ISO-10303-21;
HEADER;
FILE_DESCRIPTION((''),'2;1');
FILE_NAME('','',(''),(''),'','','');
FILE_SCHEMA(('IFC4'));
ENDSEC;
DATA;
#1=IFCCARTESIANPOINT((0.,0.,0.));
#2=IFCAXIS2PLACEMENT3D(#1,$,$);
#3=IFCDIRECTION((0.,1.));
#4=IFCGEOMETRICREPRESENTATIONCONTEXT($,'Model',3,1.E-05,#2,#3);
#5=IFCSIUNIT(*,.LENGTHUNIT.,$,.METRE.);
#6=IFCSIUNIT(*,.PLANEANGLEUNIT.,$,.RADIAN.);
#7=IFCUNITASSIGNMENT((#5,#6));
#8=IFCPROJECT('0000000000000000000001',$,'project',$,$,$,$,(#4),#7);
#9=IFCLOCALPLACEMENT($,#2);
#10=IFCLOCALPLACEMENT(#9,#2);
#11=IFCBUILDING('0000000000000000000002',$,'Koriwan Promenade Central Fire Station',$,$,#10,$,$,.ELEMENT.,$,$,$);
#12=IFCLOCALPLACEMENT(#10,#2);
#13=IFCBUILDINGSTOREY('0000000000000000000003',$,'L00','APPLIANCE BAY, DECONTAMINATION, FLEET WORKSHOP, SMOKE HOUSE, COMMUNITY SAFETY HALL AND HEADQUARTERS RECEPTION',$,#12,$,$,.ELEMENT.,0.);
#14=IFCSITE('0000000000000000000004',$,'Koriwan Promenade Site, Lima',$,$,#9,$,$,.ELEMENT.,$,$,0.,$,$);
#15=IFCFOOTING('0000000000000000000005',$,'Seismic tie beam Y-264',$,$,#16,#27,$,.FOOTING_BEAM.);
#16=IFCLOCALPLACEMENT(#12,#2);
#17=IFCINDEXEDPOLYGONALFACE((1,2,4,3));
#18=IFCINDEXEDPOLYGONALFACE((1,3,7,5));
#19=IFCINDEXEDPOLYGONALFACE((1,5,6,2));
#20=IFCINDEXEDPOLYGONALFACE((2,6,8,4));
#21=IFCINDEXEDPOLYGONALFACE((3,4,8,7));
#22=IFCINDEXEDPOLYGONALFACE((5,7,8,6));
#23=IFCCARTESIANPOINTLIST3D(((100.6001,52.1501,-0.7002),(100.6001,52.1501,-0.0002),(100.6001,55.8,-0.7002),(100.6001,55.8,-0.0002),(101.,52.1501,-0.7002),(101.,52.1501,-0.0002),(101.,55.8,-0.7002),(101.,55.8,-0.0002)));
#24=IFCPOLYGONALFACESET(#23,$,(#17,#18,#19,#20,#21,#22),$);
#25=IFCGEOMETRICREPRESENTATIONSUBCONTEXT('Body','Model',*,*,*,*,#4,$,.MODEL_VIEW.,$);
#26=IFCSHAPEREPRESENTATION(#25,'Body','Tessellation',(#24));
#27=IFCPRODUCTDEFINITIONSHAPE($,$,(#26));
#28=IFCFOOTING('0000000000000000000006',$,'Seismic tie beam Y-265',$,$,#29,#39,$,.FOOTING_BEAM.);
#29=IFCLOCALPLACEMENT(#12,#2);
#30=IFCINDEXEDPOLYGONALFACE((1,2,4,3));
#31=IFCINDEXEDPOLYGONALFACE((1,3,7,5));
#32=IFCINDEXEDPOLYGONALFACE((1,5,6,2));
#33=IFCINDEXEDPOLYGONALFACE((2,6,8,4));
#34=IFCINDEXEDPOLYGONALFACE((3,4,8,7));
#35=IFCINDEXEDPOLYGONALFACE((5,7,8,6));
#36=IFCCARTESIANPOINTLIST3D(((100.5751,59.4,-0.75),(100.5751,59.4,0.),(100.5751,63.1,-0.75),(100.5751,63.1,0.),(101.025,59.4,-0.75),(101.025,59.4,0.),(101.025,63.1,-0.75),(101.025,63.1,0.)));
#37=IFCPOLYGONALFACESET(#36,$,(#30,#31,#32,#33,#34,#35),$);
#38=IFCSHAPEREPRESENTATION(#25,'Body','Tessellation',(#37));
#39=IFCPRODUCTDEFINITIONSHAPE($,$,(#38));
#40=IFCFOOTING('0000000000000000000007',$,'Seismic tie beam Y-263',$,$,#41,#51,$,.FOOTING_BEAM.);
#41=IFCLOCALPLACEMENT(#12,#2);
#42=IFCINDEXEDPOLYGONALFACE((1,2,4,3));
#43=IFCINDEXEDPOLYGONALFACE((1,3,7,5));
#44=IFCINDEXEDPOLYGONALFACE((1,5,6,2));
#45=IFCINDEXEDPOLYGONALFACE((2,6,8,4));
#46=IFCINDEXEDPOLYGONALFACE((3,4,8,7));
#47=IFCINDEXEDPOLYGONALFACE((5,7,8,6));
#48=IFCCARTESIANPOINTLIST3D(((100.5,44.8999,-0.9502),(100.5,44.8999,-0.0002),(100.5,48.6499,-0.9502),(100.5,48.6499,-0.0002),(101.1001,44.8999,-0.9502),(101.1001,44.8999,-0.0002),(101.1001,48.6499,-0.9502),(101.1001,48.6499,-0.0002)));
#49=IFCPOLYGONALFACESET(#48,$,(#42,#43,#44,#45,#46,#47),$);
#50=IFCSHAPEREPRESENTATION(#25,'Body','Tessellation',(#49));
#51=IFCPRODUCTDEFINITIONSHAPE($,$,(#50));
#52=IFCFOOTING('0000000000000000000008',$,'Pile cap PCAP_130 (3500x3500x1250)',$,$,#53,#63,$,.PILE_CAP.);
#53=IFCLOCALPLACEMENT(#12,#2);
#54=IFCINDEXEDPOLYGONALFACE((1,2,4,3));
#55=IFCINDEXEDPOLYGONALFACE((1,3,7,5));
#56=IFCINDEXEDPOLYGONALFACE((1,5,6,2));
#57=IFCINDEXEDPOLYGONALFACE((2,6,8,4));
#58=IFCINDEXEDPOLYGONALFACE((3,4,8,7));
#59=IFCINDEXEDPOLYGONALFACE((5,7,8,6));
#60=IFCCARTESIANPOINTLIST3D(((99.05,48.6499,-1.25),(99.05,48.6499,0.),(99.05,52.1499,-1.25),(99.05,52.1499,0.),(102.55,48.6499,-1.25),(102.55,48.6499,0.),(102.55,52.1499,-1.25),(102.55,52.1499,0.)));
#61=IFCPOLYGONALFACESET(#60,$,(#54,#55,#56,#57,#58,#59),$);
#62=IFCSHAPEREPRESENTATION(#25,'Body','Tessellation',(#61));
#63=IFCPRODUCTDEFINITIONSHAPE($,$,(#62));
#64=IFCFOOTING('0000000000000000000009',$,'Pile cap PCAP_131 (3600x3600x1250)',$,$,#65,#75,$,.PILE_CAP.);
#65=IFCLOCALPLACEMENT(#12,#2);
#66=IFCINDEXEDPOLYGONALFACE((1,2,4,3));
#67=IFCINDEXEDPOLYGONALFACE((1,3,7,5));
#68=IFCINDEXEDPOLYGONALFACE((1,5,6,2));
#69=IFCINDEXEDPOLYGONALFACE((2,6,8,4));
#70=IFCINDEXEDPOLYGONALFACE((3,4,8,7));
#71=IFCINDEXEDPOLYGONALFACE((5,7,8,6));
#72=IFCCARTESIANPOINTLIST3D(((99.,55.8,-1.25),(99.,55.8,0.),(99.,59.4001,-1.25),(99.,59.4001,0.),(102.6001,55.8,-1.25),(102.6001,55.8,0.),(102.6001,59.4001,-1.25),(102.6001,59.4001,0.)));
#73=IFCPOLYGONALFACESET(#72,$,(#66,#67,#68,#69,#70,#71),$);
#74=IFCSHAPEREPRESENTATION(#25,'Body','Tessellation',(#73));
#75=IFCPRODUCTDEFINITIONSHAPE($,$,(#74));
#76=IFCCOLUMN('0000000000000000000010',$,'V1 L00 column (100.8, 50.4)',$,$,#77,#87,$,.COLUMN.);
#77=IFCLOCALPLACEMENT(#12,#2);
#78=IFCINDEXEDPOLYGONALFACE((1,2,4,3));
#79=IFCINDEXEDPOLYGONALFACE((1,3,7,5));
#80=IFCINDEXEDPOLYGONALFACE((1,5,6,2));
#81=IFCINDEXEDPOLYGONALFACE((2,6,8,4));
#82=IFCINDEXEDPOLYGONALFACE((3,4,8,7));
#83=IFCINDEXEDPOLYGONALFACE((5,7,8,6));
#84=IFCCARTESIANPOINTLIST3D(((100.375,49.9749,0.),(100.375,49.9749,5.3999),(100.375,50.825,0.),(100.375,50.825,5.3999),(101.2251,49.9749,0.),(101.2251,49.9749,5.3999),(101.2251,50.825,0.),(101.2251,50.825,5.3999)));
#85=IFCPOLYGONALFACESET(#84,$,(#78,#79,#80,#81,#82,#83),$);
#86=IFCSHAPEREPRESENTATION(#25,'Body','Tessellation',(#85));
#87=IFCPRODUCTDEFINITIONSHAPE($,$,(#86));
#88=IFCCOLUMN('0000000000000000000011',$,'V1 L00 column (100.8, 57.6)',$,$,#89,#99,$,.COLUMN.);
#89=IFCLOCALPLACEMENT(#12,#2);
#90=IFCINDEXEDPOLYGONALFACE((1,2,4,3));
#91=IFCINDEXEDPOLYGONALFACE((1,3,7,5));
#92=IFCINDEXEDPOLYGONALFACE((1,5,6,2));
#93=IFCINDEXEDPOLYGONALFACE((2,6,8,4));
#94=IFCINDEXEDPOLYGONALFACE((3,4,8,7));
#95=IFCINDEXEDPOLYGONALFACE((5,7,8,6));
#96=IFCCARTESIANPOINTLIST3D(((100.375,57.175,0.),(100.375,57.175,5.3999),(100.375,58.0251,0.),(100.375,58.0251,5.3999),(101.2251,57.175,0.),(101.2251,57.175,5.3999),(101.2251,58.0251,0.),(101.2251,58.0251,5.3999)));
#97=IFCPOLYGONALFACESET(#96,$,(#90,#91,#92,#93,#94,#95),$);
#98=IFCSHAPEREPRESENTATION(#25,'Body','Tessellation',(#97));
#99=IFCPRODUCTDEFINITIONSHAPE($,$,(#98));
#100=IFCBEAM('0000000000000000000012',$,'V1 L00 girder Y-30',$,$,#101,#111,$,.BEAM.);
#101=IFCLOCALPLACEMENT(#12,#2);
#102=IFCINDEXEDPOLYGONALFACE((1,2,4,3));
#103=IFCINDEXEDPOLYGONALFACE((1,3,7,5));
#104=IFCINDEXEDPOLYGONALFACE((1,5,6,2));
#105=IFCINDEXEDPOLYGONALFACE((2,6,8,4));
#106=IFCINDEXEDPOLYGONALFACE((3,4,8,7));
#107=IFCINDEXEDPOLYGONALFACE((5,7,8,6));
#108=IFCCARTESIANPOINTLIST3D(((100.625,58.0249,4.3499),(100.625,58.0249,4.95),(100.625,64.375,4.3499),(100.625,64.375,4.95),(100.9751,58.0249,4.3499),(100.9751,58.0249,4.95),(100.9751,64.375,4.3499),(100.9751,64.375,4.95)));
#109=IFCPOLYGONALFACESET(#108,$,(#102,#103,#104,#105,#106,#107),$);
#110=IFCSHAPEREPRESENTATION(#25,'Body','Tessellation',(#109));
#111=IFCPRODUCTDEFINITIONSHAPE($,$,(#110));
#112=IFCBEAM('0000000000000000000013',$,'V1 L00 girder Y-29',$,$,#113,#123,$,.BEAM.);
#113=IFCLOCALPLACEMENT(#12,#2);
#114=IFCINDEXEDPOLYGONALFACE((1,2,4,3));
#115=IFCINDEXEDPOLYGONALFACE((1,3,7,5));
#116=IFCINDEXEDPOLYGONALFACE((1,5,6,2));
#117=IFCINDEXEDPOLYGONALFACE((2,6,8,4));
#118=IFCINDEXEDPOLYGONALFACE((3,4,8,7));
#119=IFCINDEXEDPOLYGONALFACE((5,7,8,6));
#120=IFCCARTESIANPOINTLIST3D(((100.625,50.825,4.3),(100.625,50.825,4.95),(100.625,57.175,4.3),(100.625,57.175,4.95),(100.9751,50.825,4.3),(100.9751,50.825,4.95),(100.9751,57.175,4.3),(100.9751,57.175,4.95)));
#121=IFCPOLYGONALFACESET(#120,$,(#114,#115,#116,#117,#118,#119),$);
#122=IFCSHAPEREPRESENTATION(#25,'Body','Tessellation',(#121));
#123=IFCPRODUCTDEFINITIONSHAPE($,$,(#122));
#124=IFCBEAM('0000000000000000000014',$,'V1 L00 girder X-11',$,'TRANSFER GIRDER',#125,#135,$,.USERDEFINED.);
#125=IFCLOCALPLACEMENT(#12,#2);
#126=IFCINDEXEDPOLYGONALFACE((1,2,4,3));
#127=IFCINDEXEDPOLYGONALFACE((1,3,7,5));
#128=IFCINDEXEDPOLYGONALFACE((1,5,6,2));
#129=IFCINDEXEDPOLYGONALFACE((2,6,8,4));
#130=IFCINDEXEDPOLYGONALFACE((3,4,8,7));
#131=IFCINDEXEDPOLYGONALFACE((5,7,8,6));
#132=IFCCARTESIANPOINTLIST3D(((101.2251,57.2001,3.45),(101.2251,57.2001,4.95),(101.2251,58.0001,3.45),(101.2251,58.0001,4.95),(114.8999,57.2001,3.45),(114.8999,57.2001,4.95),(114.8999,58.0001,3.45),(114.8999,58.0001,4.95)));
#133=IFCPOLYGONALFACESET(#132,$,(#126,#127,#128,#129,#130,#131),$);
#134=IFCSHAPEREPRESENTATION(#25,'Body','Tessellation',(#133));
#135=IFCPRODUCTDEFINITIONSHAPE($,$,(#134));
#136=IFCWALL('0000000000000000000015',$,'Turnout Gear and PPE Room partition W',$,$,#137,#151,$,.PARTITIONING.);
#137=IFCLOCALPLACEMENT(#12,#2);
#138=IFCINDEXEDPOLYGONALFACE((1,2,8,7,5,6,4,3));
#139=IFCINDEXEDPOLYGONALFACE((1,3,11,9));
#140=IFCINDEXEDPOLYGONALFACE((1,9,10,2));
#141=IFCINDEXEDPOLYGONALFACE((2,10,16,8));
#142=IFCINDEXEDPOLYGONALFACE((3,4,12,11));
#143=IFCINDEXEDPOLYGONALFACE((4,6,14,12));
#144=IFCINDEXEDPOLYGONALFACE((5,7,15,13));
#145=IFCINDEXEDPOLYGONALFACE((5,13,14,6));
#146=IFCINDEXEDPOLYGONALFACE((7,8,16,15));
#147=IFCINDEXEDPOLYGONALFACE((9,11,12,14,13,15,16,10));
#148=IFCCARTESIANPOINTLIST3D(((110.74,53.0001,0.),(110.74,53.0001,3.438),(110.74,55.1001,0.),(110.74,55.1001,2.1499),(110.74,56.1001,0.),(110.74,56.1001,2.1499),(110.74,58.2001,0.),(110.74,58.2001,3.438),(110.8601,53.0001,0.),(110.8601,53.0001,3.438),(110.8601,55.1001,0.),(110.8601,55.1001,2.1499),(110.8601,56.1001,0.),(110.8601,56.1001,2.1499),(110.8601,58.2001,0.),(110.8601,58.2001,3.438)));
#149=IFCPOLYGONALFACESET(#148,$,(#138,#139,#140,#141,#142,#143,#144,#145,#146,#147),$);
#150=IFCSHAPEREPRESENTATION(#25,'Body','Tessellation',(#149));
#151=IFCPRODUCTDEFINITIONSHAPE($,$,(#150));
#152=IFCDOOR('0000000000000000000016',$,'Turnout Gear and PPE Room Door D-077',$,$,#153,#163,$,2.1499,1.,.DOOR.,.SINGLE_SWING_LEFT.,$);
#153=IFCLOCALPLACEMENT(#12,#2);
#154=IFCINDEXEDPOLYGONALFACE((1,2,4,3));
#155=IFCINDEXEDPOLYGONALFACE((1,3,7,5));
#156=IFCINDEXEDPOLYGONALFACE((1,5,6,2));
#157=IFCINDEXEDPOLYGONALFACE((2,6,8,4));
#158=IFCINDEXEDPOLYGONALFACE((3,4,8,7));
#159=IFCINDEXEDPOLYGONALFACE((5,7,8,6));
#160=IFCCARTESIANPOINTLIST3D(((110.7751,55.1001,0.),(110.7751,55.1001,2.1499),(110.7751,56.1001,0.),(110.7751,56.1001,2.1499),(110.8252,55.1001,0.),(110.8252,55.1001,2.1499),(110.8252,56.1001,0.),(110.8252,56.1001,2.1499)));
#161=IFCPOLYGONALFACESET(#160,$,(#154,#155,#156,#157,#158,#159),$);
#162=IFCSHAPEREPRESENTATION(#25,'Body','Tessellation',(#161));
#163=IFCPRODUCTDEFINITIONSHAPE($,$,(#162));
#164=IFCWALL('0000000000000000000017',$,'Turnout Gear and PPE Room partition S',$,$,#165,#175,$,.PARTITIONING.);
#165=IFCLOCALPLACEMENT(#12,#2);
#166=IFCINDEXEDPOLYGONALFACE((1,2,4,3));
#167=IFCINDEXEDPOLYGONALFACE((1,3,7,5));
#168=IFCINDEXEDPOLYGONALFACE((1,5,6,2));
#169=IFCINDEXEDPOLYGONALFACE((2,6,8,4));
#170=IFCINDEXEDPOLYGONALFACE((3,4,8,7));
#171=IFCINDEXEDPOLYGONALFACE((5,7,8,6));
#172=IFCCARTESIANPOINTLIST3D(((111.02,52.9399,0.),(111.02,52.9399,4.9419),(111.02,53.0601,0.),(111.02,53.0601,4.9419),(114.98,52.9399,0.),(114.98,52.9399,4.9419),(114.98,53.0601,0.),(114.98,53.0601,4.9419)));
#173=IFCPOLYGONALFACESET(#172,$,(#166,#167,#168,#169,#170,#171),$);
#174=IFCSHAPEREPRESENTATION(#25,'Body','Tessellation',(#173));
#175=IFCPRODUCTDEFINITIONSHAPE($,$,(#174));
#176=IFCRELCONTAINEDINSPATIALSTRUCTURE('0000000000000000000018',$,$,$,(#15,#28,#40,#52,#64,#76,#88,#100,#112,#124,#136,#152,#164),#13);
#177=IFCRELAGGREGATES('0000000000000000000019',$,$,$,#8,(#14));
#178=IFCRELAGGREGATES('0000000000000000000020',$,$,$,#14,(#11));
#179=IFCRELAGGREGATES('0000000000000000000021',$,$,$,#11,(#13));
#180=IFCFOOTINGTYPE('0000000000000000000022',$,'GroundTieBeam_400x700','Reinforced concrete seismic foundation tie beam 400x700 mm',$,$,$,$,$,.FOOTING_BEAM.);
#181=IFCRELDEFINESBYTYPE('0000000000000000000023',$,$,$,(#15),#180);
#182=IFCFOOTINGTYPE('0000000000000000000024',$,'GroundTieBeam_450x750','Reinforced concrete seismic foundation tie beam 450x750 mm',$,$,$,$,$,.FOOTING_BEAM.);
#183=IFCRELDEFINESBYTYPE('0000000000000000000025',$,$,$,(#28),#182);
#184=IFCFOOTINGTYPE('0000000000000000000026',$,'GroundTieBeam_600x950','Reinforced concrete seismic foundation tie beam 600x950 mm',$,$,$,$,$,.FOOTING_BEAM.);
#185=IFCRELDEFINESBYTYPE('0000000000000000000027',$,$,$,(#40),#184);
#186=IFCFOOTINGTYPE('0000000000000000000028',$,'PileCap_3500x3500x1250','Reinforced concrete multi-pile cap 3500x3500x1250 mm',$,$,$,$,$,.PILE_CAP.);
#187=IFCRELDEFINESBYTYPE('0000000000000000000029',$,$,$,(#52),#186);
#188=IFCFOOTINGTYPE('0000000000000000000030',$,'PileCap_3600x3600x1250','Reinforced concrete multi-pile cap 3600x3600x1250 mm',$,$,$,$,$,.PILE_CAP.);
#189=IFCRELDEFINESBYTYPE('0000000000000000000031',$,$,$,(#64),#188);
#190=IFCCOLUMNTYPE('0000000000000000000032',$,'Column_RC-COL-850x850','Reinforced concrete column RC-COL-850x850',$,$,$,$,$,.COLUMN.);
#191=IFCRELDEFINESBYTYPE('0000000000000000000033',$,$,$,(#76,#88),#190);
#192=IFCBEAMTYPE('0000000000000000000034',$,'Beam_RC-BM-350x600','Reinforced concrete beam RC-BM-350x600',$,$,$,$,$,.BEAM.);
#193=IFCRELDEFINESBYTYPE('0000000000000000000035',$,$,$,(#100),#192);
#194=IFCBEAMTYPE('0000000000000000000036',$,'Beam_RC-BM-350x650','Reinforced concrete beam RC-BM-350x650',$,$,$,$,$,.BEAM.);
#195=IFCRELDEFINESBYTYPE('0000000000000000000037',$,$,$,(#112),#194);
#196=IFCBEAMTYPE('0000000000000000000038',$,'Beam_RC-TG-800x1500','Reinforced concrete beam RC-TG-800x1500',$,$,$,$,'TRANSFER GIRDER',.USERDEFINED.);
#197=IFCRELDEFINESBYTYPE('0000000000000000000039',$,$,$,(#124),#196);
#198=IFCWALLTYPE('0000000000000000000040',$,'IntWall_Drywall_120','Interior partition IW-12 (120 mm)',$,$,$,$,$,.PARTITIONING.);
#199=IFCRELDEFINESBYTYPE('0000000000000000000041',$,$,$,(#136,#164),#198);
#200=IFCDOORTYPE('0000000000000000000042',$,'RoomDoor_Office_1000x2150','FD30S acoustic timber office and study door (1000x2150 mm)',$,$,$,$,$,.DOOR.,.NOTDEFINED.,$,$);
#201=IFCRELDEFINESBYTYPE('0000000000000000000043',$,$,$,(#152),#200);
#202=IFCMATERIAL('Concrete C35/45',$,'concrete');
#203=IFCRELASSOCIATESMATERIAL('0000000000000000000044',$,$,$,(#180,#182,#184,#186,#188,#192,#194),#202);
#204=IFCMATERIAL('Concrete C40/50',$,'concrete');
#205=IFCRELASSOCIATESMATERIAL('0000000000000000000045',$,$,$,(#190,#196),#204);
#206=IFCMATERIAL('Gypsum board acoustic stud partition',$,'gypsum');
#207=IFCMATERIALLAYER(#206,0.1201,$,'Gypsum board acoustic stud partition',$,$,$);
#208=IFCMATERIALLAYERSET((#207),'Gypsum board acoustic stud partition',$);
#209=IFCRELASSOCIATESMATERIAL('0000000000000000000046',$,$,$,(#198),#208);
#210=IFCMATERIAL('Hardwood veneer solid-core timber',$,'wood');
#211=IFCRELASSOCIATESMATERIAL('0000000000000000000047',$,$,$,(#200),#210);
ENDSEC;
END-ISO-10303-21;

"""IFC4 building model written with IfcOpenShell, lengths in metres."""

from ifc_helpers import new_model, si_unit, direction, frame, frame_2d, origin, origin_2d, place, context, subcontext, project, spatial, rectangle, extrude, material, layer, layer_set, material_profile, profile_set, type_object, element, fill, save


model = new_model("IFC4")

# Units and contexts
model_context = context("Model", 3, precision=1e-05, world=origin(), true_north=direction((0.0, 1.0)))
body_context = subcontext(model_context, "Body", "Model", "MODEL_VIEW")
ifc_project = project(units=[si_unit("LENGTHUNIT", "METRE"), si_unit("PLANEANGLEUNIT", "RADIAN")], contexts=[model_context])

# Site, building, storey
site_placement = place(None, origin())
site = spatial("IfcSite", under=ifc_project, at=site_placement, Name="Koriwan Promenade Site, Lima", CompositionType="ELEMENT", RefElevation=0.0)
building_placement = place(site_placement, origin())
building = spatial("IfcBuilding", under=site, at=building_placement, Name="Koriwan Promenade Central Fire Station", CompositionType="ELEMENT")
storey_placement = place(building_placement, origin())
storey = spatial("IfcBuildingStorey", under=building, at=storey_placement, Name="L00", Description="APPLIANCE BAY, DECONTAMINATION, FLEET WORKSHOP, SMOKE HOUSE, COMMUNITY SAFETY HALL AND HEADQUARTERS RECEPTION", CompositionType="ELEMENT", Elevation=0.0)

# Shared definitions
ifc_material_1 = material(Name="Concrete C35/45", Category="concrete")

# Footings
footing_type_1 = type_object("IfcFootingType", Name="GroundTieBeam_400x700", Description="Reinforced concrete seismic foundation tie beam 400x700 mm", PredefinedType="FOOTING_BEAM", material=ifc_material_1)
footing_1_placement = place(storey_placement, frame((100.8, 53.9751, -0.7002), z_axis=(0.0, 0.0, 1.0), x_axis=(0.0, 1.0, 0.0)))
element("IfcFooting", 1, at=footing_1_placement, inside=storey, type_object=footing_type_1, Name="Seismic tie beam Y-264", PredefinedType="FOOTING_BEAM", context=body_context, shape_type="SweptSolid", body=[
    extrude(rectangle(XDim=3.6499, YDim=0.3999, at=origin_2d()), origin(), (0.0, 0.0, 1.0), 0.7),
])
footing_type_2 = type_object("IfcFootingType", Name="GroundTieBeam_450x750", Description="Reinforced concrete seismic foundation tie beam 450x750 mm", PredefinedType="FOOTING_BEAM", material=ifc_material_1)
footing_2_placement = place(storey_placement, frame((100.8, 61.25, -0.75), z_axis=(0.0, 0.0, 1.0), x_axis=(0.0, 1.0, 0.0)))
element("IfcFooting", 2, at=footing_2_placement, inside=storey, type_object=footing_type_2, Name="Seismic tie beam Y-265", PredefinedType="FOOTING_BEAM", context=body_context, shape_type="SweptSolid", body=[
    extrude(rectangle(XDim=3.7, YDim=0.45, at=origin_2d()), origin(), (0.0, 0.0, 1.0), 0.75),
])
footing_type_3 = type_object("IfcFootingType", Name="GroundTieBeam_600x950", Description="Reinforced concrete seismic foundation tie beam 600x950 mm", PredefinedType="FOOTING_BEAM", material=ifc_material_1)
footing_3_placement = place(storey_placement, frame((100.8, 46.7749, -0.9502), z_axis=(0.0, 0.0, 1.0), x_axis=(0.0, 1.0, 0.0)))
element("IfcFooting", 3, at=footing_3_placement, inside=storey, type_object=footing_type_3, Name="Seismic tie beam Y-263", PredefinedType="FOOTING_BEAM", context=body_context, shape_type="SweptSolid", body=[
    extrude(rectangle(XDim=3.75, YDim=0.6001, at=origin_2d()), origin(), (0.0, 0.0, 1.0), 0.95),
])
footing_type_4 = type_object("IfcFootingType", Name="PileCap_3500x3500x1250", Description="Reinforced concrete multi-pile cap 3500x3500x1250 mm", PredefinedType="PILE_CAP", material=ifc_material_1)
footing_4_placement = place(storey_placement, frame((100.8, 50.3999, -1.25), z_axis=(0.0, 0.0, 1.0), x_axis=(1.0, 0.0, 0.0)))
element("IfcFooting", 4, at=footing_4_placement, inside=storey, type_object=footing_type_4, Name="Pile cap PCAP_130 (3500x3500x1250)", PredefinedType="PILE_CAP", context=body_context, shape_type="SweptSolid", body=[
    extrude(rectangle(XDim=3.5, YDim=3.5, at=origin_2d()), origin(), (0.0, 0.0, 1.0), 1.25),
])
footing_type_5 = type_object("IfcFootingType", Name="PileCap_3600x3600x1250", Description="Reinforced concrete multi-pile cap 3600x3600x1250 mm", PredefinedType="PILE_CAP", material=ifc_material_1)
footing_5_placement = place(storey_placement, frame((100.8, 57.6001, -1.25), z_axis=(0.0, 0.0, 1.0), x_axis=(1.0, 0.0, 0.0)))
element("IfcFooting", 5, at=footing_5_placement, inside=storey, type_object=footing_type_5, Name="Pile cap PCAP_131 (3600x3600x1250)", PredefinedType="PILE_CAP", context=body_context, shape_type="SweptSolid", body=[
    extrude(rectangle(XDim=3.6001, YDim=3.6001, at=origin_2d()), origin(), (0.0, 0.0, 1.0), 1.25),
])

# Columns
ifc_material_2 = material(Name="Concrete C40/50", Category="concrete")
ifc_material_profile_1 = material_profile(ifc_material_2, rectangle(XDim=0.8501, YDim=0.8501, at=origin_2d()), Name="RC-COL-850x850")
ifc_profile_set_1 = profile_set([ifc_material_profile_1], Name="Concrete C40/50")
column_type = type_object("IfcColumnType", Name="Column_RC-COL-850x850", Description="Reinforced concrete column RC-COL-850x850", PredefinedType="COLUMN", material=ifc_profile_set_1)
for number, where, z_axis, x_axis, name in (
    (6, (100.8, 50.3999, 0.0), (0.0, 0.0, 1.0), (1.0, 0.0, 0.0), "V1 L00 column (100.8, 50.4)"),
    (7, (100.8, 57.6001, 0.0), (0.0, 0.0, 1.0), (1.0, 0.0, 0.0), "V1 L00 column (100.8, 57.6)"),
):
    element("IfcColumn", number, at=place(storey_placement, frame(where, z_axis=z_axis, x_axis=x_axis)), inside=storey, type_object=column_type, Name=name, PredefinedType="COLUMN", context=body_context, shape_type="SweptSolid", body=[
        extrude(rectangle(XDim=0.8501, YDim=0.8501, at=origin_2d()), origin(), (0.0, 0.0, 1.0), 5.3999),
    ])

# Beams
ifc_material_profile_2 = material_profile(ifc_material_1, rectangle(XDim=0.3501, YDim=0.6001, at=origin_2d()), Name="RC-BM-350x600")
ifc_profile_set_2 = profile_set([ifc_material_profile_2], Name="Concrete C35/45")
beam_type_1 = type_object("IfcBeamType", Name="Beam_RC-BM-350x600", Description="Reinforced concrete beam RC-BM-350x600", PredefinedType="BEAM", material=ifc_profile_set_2)
beam_1_placement = place(storey_placement, frame((100.8, 58.0249, 4.6499), z_axis=(0.0, 1.0, 0.0), x_axis=(-1.0, 0.0, 0.0)))
element("IfcBeam", 8, at=beam_1_placement, inside=storey, type_object=beam_type_1, Name="V1 L00 girder Y-30", PredefinedType="BEAM", context=body_context, shape_type="SweptSolid", body=[
    extrude(rectangle(XDim=0.3501, YDim=0.6001, at=origin_2d()), origin(), (0.0, 0.0, 1.0), 6.3501),
])
ifc_material_profile_3 = material_profile(ifc_material_1, rectangle(XDim=0.3501, YDim=0.6499, at=origin_2d()), Name="RC-BM-350x650")
ifc_profile_set_3 = profile_set([ifc_material_profile_3], Name="Concrete C35/45")
beam_type_2 = type_object("IfcBeamType", Name="Beam_RC-BM-350x650", Description="Reinforced concrete beam RC-BM-350x650", PredefinedType="BEAM", material=ifc_profile_set_3)
beam_2_placement = place(storey_placement, frame((100.8, 50.825, 4.625), z_axis=(0.0, 1.0, 0.0), x_axis=(-1.0, 0.0, 0.0)))
element("IfcBeam", 9, at=beam_2_placement, inside=storey, type_object=beam_type_2, Name="V1 L00 girder Y-29", PredefinedType="BEAM", context=body_context, shape_type="SweptSolid", body=[
    extrude(rectangle(XDim=0.3501, YDim=0.6499, at=origin_2d()), origin(), (0.0, 0.0, 1.0), 6.3501),
])
ifc_material_profile_4 = material_profile(ifc_material_2, rectangle(XDim=0.8, YDim=1.5, at=origin_2d()), Name="RC-TG-800x1500")
ifc_profile_set_4 = profile_set([ifc_material_profile_4], Name="Concrete C40/50")
beam_type_3 = type_object("IfcBeamType", Name="Beam_RC-TG-800x1500", Description="Reinforced concrete beam RC-TG-800x1500", ElementType="TRANSFER GIRDER", PredefinedType="USERDEFINED", material=ifc_profile_set_4)
beam_3_placement = place(storey_placement, frame((101.2251, 57.6001, 4.2), z_axis=(1.0, 0.0, 0.0), x_axis=(0.0, 1.0, 0.0)))
element("IfcBeam", 10, at=beam_3_placement, inside=storey, type_object=beam_type_3, Name="V1 L00 girder X-11", ObjectType="TRANSFER GIRDER", PredefinedType="USERDEFINED", context=body_context, shape_type="SweptSolid", body=[
    extrude(rectangle(XDim=0.8, YDim=1.5, at=origin_2d()), origin(), (0.0, 0.0, 1.0), 13.6748),
])

# Wall, opening, door
ifc_material_3 = material(Name="Gypsum board acoustic stud partition", Category="gypsum")
ifc_layer_1 = layer(ifc_material_3, 0.1201, Name="Gypsum board acoustic stud partition")
ifc_layer_set_1 = layer_set([ifc_layer_1], Name="Gypsum board acoustic stud partition")
wall_type_1 = type_object("IfcWallType", Name="IntWall_Drywall_120", Description="Interior partition IW-12 (120 mm)", PredefinedType="PARTITIONING", material=ifc_layer_set_1)
wall_1_placement = place(storey_placement, frame((110.8, 53.0, 0.0), z_axis=(0.0, 0.0, 1.0), x_axis=(0.0, 1.0, 0.0)))
wall_1 = element("IfcWall", 11, at=wall_1_placement, inside=storey, type_object=wall_type_1, Name="Turnout Gear and PPE Room partition W", PredefinedType="PARTITIONING", context=body_context, shape_type="SweptSolid", body=[
    extrude(rectangle(XDim=5.2, YDim=0.1201, at=frame_2d((2.6001, 0.0))), origin(), (0.0, 0.0, 1.0), 3.438),
])
opening_1_placement = place(wall_1_placement, frame((2.1001, 0.0, 0.0)))
opening_1 = element("IfcOpeningElement", 12, at=opening_1_placement, cuts=wall_1, PredefinedType="OPENING", context=body_context, shape_type="SweptSolid", body=[
    extrude(rectangle(XDim=1.0, YDim=2.1499, at=frame_2d((0.5, 1.075))), frame((0.0, 0.072, 0.0), z_axis=(0.0, -1.0, 0.0), x_axis=(1.0, 0.0, 0.0)), (0.0, 0.0, 1.0), 0.144),
])
ifc_material_4 = material(Name="Hardwood veneer solid-core timber", Category="wood")
door_type_1 = type_object("IfcDoorType", Name="RoomDoor_Office_1000x2150", Description="FD30S acoustic timber office and study door (1000x2150 mm)", OperationType="NOTDEFINED", PredefinedType="DOOR", material=ifc_material_4)
door_1_placement = place(opening_1_placement, origin())
door_1 = element("IfcDoor", 13, at=door_1_placement, inside=storey, type_object=door_type_1, Name="Turnout Gear and PPE Room Door D-077", OperationType="SINGLE_SWING_LEFT", OverallHeight=2.1499, OverallWidth=1.0, PredefinedType="DOOR", context=body_context, shape_type="SweptSolid", body=[
    extrude(rectangle(XDim=1.0, YDim=2.1499, at=frame_2d((0.5, 1.075))), frame((0.0, 0.0249, 0.0), z_axis=(0.0, -1.0, 0.0), x_axis=(1.0, 0.0, 0.0)), (0.0, 0.0, 1.0), 0.05),
])
fill(opening_1, door_1)

# Wall
for number, where, z_axis, x_axis, name in (
    (14, (111.02, 53.0, 0.0), (0.0, 0.0, 1.0), (1.0, 0.0, 0.0), "Turnout Gear and PPE Room partition S"),
):
    element("IfcWall", number, at=place(storey_placement, frame(where, z_axis=z_axis, x_axis=x_axis)), inside=storey, type_object=wall_type_1, Name=name, PredefinedType="PARTITIONING", context=body_context, shape_type="SweptSolid", body=[
        extrude(rectangle(XDim=3.96, YDim=0.1201, at=frame_2d((1.98, 0.0))), origin(), (0.0, 0.0, 1.0), 4.9419),
    ])

save(model, "model.ifc")
